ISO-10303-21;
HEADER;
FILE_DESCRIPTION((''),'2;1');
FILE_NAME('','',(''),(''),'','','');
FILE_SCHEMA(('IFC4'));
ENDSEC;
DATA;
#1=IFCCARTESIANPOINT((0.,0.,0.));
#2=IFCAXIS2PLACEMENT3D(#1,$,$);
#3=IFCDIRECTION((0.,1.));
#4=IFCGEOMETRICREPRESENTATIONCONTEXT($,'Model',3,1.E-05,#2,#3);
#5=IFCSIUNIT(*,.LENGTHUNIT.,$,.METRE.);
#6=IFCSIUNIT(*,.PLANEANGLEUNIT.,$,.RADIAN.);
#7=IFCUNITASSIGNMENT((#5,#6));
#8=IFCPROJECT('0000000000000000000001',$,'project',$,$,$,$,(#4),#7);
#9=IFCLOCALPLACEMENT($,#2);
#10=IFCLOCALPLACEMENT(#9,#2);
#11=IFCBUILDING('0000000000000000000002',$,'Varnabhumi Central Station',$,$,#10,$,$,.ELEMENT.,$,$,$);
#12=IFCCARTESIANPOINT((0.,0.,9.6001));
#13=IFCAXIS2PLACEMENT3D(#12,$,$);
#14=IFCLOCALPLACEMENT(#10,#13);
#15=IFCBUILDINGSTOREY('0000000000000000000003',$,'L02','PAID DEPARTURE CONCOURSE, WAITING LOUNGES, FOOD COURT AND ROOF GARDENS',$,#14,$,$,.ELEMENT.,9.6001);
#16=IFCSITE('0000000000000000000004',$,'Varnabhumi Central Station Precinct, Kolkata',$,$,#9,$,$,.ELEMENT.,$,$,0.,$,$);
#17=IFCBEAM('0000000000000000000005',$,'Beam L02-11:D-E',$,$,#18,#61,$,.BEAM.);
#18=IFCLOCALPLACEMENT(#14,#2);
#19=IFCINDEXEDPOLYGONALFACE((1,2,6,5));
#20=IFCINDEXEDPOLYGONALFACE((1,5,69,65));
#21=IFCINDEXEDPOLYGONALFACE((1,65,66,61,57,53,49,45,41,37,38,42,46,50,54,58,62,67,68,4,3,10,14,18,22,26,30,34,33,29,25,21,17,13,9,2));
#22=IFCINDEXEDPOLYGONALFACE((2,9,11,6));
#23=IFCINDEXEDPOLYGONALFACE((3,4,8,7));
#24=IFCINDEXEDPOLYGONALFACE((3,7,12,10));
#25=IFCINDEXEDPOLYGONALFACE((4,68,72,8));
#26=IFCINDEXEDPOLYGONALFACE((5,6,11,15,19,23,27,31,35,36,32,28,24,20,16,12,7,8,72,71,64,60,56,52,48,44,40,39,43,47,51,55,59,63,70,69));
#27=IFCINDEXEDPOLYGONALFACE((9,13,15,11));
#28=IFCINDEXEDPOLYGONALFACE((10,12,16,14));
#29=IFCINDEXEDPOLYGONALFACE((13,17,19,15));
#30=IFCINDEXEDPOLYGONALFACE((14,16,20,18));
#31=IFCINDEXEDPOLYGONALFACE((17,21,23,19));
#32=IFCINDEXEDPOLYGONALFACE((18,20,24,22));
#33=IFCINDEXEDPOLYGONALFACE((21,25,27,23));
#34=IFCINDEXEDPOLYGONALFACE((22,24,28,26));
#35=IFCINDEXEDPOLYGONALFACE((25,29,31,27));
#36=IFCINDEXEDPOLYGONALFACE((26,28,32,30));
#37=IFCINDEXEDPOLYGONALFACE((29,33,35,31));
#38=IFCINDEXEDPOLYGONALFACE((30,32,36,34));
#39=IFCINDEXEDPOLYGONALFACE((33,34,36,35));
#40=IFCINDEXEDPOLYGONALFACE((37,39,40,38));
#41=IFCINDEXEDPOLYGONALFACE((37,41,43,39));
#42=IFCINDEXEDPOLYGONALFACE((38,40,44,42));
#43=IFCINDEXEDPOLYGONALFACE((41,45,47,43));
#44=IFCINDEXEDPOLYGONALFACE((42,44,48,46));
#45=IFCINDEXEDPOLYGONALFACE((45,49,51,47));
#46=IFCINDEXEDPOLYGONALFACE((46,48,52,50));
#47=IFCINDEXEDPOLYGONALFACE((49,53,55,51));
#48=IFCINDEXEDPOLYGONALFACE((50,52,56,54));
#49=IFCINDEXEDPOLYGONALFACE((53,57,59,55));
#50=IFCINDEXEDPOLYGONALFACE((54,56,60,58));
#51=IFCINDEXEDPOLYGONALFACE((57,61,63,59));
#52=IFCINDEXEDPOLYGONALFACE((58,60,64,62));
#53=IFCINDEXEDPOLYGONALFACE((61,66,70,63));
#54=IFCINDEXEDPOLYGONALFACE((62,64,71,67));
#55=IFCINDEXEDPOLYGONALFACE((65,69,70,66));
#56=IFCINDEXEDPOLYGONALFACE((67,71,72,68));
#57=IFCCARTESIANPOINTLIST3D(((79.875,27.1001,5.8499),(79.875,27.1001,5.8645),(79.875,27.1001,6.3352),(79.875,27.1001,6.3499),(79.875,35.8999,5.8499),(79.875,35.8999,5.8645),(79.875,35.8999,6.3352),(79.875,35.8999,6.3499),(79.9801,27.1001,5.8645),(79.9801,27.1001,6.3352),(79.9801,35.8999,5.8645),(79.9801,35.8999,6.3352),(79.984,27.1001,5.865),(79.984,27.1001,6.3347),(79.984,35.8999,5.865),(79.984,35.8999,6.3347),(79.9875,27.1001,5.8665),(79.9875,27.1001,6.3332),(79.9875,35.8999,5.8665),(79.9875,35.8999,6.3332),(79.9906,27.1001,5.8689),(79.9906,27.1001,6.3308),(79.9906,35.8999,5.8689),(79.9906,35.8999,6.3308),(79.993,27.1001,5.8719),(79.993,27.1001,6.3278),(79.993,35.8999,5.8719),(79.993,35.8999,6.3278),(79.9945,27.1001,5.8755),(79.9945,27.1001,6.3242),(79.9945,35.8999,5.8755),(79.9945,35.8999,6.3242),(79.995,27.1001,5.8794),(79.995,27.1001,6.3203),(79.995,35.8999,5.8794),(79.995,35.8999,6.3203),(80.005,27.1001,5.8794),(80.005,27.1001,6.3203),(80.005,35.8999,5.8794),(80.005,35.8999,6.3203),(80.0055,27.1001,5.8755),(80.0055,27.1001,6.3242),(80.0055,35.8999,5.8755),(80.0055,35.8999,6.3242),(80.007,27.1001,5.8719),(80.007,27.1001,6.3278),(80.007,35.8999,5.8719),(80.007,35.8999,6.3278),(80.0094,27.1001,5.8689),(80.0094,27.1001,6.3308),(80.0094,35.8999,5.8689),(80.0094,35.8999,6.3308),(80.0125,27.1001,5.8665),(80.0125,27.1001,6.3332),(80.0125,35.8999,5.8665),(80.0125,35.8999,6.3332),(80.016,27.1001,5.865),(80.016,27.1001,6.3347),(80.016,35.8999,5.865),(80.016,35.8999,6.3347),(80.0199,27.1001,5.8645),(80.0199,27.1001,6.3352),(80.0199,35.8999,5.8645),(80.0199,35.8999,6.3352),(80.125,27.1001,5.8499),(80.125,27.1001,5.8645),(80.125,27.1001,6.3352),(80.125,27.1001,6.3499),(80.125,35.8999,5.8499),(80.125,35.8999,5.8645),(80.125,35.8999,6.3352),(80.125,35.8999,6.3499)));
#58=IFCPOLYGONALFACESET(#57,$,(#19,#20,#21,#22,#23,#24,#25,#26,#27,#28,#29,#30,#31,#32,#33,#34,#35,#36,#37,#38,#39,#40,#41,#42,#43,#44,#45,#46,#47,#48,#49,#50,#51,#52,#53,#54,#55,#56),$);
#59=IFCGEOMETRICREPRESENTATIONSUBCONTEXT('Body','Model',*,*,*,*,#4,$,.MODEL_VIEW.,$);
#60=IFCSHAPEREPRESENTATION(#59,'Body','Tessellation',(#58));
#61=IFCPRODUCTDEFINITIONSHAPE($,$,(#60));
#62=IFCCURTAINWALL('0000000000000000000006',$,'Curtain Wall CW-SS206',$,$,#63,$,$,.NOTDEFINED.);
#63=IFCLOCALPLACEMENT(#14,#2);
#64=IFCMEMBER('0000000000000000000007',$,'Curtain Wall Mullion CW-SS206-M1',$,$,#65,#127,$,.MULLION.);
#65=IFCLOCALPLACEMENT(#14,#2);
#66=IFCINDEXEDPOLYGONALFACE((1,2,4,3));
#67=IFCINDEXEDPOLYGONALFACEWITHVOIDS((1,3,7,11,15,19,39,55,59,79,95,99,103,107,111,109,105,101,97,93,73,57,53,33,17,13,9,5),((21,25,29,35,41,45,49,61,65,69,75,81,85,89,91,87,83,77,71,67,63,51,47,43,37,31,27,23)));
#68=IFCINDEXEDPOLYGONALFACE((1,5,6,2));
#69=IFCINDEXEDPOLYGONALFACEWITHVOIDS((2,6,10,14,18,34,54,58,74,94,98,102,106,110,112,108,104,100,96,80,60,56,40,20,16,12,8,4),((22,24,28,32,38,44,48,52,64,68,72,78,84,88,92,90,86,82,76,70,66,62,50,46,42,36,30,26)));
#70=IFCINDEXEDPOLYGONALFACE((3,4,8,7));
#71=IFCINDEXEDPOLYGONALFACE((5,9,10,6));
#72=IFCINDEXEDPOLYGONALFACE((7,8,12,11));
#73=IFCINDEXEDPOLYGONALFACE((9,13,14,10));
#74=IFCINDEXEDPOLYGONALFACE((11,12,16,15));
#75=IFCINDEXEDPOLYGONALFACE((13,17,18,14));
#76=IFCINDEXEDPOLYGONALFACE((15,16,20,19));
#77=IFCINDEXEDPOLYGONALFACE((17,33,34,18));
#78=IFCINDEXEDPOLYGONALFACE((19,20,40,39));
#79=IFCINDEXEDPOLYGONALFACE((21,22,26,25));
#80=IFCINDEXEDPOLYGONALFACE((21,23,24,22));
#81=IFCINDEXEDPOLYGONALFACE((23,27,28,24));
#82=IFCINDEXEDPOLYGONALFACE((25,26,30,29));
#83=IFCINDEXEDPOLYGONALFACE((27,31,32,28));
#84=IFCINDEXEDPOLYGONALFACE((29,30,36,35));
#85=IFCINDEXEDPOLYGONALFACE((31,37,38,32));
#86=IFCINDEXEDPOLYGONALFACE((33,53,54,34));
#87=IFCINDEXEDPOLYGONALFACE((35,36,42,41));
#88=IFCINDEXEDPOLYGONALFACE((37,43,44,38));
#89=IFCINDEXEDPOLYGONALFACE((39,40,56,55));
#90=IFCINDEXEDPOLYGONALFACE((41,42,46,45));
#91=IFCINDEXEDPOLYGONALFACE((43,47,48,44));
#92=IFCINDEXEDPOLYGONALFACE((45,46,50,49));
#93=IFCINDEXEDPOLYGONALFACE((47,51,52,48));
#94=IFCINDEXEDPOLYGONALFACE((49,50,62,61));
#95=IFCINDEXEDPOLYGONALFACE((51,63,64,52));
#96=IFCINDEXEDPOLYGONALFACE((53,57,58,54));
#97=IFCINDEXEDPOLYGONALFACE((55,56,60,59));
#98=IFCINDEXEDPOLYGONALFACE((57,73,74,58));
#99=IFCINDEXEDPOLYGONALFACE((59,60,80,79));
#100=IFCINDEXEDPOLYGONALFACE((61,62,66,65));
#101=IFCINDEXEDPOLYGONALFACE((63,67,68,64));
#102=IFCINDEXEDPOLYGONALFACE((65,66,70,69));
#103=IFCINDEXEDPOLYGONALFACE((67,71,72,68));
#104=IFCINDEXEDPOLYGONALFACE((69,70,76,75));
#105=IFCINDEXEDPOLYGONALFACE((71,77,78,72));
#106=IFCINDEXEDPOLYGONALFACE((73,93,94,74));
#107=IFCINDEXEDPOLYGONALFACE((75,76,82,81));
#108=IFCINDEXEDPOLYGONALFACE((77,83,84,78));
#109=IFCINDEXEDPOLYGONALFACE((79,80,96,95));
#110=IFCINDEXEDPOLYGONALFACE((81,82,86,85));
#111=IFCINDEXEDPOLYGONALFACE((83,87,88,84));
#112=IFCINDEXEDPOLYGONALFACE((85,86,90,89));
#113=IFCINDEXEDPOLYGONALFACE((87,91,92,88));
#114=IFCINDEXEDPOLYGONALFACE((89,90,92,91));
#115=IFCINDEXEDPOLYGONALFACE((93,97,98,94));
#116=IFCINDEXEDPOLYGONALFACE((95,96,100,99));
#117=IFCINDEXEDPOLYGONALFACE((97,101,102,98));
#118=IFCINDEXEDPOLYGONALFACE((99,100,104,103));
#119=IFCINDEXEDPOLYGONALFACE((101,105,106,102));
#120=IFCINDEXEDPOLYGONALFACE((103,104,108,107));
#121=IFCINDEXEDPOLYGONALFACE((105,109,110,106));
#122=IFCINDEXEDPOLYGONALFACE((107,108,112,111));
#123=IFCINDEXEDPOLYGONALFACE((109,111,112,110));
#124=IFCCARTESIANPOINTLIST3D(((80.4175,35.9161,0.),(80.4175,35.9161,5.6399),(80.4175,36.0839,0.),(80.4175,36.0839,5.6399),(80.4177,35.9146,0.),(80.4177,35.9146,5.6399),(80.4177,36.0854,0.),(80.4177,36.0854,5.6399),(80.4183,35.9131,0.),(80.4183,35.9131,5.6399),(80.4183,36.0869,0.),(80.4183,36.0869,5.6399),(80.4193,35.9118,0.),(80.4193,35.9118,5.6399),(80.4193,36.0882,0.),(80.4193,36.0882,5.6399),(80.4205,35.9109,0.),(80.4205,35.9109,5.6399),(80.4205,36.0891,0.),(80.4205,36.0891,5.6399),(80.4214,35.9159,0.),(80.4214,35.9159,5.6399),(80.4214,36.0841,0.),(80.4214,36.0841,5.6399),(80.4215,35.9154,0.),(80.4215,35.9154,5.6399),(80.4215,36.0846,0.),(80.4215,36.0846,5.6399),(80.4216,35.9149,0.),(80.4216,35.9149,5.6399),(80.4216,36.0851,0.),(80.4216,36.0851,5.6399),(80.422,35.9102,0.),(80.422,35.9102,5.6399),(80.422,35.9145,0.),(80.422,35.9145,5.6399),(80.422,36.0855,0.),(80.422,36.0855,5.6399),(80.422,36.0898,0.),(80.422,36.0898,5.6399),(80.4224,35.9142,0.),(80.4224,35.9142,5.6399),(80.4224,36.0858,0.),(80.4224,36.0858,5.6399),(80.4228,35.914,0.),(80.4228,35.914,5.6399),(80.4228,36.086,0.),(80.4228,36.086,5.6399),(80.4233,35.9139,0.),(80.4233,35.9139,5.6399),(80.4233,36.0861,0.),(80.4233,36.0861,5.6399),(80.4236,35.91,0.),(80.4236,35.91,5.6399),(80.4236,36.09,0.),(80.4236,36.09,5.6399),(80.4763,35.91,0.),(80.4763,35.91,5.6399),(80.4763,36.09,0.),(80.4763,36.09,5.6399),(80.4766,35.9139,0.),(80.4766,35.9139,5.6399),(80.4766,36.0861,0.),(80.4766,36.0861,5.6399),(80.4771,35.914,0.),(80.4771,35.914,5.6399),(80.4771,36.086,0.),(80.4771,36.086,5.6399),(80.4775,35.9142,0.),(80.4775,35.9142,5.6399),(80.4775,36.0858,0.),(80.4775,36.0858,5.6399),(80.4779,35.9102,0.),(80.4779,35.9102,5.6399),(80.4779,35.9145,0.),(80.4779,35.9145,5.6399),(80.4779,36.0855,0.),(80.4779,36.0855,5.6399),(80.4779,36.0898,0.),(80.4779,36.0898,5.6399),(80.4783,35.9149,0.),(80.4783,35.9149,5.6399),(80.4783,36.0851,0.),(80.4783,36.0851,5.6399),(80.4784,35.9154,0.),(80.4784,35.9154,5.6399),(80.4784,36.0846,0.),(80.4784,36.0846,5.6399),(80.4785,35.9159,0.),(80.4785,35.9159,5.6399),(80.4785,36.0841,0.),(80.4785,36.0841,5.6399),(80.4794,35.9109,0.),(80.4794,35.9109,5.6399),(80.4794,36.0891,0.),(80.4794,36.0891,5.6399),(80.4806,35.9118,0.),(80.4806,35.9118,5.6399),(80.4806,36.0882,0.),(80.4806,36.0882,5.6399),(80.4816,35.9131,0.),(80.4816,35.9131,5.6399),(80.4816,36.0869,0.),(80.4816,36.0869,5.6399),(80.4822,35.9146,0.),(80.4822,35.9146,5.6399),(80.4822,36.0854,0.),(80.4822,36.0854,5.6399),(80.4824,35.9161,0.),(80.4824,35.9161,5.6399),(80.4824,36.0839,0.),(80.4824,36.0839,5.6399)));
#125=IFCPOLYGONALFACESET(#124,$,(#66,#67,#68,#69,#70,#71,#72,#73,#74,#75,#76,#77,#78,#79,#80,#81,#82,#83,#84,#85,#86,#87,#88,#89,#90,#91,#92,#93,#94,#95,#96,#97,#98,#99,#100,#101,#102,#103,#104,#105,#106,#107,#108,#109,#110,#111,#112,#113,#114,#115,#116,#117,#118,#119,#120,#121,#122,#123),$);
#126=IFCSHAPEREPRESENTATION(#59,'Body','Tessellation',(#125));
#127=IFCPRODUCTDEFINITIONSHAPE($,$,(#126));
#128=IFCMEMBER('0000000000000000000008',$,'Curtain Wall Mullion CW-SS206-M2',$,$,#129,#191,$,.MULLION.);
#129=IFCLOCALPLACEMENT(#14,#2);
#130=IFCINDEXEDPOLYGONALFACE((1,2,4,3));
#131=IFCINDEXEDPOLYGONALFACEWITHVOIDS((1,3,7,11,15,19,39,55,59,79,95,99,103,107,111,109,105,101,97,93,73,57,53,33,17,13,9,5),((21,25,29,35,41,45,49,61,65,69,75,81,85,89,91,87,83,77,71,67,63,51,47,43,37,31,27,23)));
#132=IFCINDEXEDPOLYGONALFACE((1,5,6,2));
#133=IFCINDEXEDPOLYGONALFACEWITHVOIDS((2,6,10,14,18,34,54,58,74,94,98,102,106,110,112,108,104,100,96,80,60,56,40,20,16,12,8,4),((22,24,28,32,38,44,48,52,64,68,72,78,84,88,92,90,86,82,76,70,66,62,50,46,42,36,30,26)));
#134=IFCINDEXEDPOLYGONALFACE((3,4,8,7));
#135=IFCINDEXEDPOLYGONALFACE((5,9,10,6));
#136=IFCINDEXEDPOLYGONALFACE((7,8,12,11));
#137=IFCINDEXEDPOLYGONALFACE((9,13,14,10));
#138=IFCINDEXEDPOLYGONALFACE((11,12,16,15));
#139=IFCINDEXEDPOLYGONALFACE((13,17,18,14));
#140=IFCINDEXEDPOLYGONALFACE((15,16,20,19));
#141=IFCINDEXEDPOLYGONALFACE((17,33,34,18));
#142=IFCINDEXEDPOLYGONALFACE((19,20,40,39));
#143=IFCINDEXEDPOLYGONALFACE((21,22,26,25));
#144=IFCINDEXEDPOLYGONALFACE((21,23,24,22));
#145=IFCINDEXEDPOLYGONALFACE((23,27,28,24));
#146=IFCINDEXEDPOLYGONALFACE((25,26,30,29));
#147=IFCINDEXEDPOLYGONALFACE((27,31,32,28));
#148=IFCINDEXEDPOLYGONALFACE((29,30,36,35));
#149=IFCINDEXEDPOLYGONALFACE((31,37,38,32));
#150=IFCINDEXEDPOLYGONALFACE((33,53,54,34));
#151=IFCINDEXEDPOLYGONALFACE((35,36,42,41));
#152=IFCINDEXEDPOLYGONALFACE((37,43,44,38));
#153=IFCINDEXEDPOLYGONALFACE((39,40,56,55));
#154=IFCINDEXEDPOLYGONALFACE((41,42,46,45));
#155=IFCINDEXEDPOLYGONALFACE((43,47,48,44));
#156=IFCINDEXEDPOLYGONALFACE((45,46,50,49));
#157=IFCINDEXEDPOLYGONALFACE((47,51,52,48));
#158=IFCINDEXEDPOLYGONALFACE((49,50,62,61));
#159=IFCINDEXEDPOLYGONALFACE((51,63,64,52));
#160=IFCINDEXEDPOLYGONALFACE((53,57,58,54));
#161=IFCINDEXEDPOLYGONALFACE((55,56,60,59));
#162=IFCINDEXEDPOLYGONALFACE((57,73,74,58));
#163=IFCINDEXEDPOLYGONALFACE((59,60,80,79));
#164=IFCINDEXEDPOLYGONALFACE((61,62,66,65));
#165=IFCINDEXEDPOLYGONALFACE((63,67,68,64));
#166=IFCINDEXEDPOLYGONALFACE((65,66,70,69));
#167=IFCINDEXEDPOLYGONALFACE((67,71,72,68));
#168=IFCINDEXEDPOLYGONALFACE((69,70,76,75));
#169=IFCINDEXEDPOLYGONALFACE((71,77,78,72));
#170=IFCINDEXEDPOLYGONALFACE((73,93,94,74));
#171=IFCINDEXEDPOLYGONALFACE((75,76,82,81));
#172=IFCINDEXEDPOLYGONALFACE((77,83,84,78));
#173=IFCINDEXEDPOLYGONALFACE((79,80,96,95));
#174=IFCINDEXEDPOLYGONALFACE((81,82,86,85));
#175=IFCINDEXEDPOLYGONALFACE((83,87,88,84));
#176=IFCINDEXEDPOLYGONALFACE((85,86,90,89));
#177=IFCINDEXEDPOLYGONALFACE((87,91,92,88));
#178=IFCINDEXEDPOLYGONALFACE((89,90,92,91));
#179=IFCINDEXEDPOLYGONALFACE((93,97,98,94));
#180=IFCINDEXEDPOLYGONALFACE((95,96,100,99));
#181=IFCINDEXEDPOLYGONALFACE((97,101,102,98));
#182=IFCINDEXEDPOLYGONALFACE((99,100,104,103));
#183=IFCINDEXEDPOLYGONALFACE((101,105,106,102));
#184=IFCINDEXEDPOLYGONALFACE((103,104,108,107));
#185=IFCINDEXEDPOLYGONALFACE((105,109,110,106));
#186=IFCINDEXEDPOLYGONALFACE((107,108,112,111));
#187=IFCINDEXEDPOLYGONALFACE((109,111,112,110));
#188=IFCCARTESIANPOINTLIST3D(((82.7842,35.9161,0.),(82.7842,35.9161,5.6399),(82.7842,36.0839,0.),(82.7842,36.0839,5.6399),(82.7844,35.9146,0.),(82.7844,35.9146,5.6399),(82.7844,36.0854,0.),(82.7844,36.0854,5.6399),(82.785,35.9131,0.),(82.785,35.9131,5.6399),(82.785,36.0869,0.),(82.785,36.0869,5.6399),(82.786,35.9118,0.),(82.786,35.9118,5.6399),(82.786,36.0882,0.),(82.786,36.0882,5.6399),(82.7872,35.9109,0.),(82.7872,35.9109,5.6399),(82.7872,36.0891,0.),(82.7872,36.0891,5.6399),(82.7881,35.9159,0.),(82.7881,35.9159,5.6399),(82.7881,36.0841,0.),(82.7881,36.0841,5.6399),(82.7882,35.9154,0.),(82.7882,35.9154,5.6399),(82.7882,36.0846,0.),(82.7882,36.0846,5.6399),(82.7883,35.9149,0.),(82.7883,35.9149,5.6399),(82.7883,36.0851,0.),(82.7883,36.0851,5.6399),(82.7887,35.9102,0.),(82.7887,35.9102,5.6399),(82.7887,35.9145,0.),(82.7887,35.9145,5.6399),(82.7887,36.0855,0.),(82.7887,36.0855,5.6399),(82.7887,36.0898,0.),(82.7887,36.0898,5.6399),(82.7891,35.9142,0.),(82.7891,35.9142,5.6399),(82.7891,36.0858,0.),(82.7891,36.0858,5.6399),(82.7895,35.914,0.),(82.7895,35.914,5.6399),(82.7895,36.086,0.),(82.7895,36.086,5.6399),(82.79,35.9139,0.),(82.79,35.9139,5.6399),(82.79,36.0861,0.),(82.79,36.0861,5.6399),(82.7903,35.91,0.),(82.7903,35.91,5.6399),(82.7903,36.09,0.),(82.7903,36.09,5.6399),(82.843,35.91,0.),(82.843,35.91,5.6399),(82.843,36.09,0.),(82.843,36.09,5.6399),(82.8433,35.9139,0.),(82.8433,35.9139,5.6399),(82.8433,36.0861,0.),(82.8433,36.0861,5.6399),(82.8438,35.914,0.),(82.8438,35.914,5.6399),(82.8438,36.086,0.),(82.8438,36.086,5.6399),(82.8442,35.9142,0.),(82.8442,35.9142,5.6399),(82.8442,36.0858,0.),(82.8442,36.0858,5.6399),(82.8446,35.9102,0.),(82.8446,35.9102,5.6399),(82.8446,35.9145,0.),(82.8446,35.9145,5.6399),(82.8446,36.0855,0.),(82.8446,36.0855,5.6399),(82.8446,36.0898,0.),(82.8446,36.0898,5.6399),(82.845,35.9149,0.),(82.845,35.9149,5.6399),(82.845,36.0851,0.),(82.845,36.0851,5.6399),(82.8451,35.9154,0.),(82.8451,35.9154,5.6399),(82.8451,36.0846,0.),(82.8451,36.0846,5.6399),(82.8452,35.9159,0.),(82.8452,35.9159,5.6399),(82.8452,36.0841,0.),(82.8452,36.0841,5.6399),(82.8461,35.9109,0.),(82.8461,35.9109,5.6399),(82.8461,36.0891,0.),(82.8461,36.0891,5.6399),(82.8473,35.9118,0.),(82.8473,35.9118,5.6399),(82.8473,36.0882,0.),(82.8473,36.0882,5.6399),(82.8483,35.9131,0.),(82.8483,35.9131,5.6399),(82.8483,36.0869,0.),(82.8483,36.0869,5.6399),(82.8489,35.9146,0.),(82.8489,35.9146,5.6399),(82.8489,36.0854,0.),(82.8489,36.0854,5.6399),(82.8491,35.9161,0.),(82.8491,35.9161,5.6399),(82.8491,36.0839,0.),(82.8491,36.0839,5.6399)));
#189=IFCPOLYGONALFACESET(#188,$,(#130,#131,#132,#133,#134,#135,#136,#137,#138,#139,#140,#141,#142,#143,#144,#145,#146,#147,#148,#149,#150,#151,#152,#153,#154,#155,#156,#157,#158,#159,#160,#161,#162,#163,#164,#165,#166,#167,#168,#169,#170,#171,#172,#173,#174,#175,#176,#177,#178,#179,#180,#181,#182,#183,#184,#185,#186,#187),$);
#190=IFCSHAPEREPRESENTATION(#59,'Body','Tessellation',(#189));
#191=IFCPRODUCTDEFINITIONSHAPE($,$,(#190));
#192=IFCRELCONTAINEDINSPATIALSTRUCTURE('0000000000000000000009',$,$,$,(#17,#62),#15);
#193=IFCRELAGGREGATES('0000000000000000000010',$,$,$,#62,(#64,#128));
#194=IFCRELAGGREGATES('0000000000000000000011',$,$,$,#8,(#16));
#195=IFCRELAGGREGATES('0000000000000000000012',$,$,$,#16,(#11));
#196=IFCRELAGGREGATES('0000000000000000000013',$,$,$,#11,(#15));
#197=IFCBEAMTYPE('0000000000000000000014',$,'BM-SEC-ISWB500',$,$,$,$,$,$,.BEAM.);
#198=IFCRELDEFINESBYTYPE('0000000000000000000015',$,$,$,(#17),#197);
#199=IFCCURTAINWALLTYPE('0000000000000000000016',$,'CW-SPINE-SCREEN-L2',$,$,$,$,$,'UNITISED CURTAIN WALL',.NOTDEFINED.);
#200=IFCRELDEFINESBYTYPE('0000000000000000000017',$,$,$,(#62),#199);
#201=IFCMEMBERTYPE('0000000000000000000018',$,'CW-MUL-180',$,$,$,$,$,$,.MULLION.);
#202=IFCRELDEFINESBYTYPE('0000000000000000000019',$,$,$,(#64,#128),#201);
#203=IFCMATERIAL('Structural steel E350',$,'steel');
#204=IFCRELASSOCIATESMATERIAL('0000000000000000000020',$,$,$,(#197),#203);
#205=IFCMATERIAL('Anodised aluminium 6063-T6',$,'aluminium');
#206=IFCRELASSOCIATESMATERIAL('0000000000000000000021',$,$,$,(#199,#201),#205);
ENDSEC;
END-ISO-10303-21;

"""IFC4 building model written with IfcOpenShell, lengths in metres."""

from ifc_helpers import new_model, si_unit, direction, frame, origin, origin_2d, place, context, subcontext, project, spatial, hollow_rectangle, i_section, extrude, material, material_profile, profile_set, type_object, element, aggregate, save


model = new_model("IFC4")

# Units and contexts
model_context = context("Model", 3, precision=1e-05, world=origin(), true_north=direction((0.0, 1.0)))
body_context = subcontext(model_context, "Body", "Model", "MODEL_VIEW")
ifc_project = project(units=[si_unit("LENGTHUNIT", "METRE"), si_unit("PLANEANGLEUNIT", "RADIAN")], contexts=[model_context])

# Site, building, storey
site_placement = place(None, origin())
site = spatial("IfcSite", under=ifc_project, at=site_placement, Name="Varnabhumi Central Station Precinct, Kolkata", CompositionType="ELEMENT", RefElevation=0.0)
building_placement = place(site_placement, origin())
building = spatial("IfcBuilding", under=site, at=building_placement, Name="Varnabhumi Central Station", CompositionType="ELEMENT")
storey_placement = place(building_placement, frame((0.0, 0.0, 9.6001)))
storey = spatial("IfcBuildingStorey", under=building, at=storey_placement, Name="L02", Description="PAID DEPARTURE CONCOURSE, WAITING LOUNGES, FOOD COURT AND ROOF GARDENS", CompositionType="ELEMENT", Elevation=9.6001)

# Beam
ifc_material_1 = material(Name="Structural steel E350", Category="steel")
ifc_material_profile_1 = material_profile(ifc_material_1, i_section(OverallWidth=0.25, OverallDepth=0.5, WebThickness=0.01, FlangeThickness=0.0146, FilletRadius=0.0149, at=origin_2d()), Name="Structural steel E350", Category="steel")
ifc_profile_set_1 = profile_set([ifc_material_profile_1], Name="Structural steel E350")
beam_type_1 = type_object("IfcBeamType", Name="BM-SEC-ISWB500", PredefinedType="BEAM", material=ifc_profile_set_1)
beam_1_placement = place(storey_placement, frame((80.0, 27.1001, 6.0999), z_axis=(0.0, 1.0, 0.0), x_axis=(-1.0, 0.0, 0.0)))
element("IfcBeam", 1, at=beam_1_placement, inside=storey, type_object=beam_type_1, Name="Beam L02-11:D-E", PredefinedType="BEAM", context=body_context, shape_type="SweptSolid", body=[
    extrude(i_section(OverallWidth=0.25, OverallDepth=0.5, WebThickness=0.01, FlangeThickness=0.0146, FilletRadius=0.0149, at=origin_2d()), origin(), (0.0, 0.0, 1.0), 8.7998),
])

# Curtain wall, members
ifc_material_2 = material(Name="Anodised aluminium 6063-T6", Category="aluminium")
curtain_wall_type = type_object("IfcCurtainWallType", Name="CW-SPINE-SCREEN-L2", ElementType="UNITISED CURTAIN WALL", PredefinedType="NOTDEFINED", material=ifc_material_2)
curtain_wall_placement = place(storey_placement, origin())
curtain_wall = element("IfcCurtainWall", 2, at=curtain_wall_placement, inside=storey, type_object=curtain_wall_type, Name="Curtain Wall CW-SS206", PredefinedType="NOTDEFINED")
ifc_material_profile_2 = material_profile(ifc_material_2, hollow_rectangle(XDim=0.0649, YDim=0.1799, WallThickness=0.0039, InnerFilletRadius=0.002, OuterFilletRadius=0.0061, at=origin_2d()), Name="Anodised aluminium 6063-T6", Category="aluminium")
ifc_profile_set_2 = profile_set([ifc_material_profile_2], Name="Anodised aluminium 6063-T6")
member_type_1 = type_object("IfcMemberType", Name="CW-MUL-180", PredefinedType="MULLION", material=ifc_profile_set_2)
member_1_placement = place(storey_placement, frame((80.45, 36.0, 0.0), z_axis=(0.0, 0.0, 1.0), x_axis=(1.0, 0.0, 0.0)))
member_1 = element("IfcMember", 3, at=member_1_placement, type_object=member_type_1, Name="Curtain Wall Mullion CW-SS206-M1", PredefinedType="MULLION", context=body_context, shape_type="SweptSolid", body=[
    extrude(hollow_rectangle(XDim=0.0649, YDim=0.1799, WallThickness=0.0039, InnerFilletRadius=0.002, OuterFilletRadius=0.0061, at=origin_2d()), origin(), (0.0, 0.0, 1.0), 5.6399),
])
member_2_placement = place(storey_placement, frame((82.8167, 36.0, 0.0), z_axis=(0.0, 0.0, 1.0), x_axis=(1.0, 0.0, 0.0)))
member_2 = element("IfcMember", 4, at=member_2_placement, type_object=member_type_1, Name="Curtain Wall Mullion CW-SS206-M2", PredefinedType="MULLION", context=body_context, shape_type="SweptSolid", body=[
    extrude(hollow_rectangle(XDim=0.0649, YDim=0.1799, WallThickness=0.0039, InnerFilletRadius=0.002, OuterFilletRadius=0.0061, at=origin_2d()), origin(), (0.0, 0.0, 1.0), 5.6399),
])

aggregate(curtain_wall, [member_1, member_2])

save(model, "model.ifc")
